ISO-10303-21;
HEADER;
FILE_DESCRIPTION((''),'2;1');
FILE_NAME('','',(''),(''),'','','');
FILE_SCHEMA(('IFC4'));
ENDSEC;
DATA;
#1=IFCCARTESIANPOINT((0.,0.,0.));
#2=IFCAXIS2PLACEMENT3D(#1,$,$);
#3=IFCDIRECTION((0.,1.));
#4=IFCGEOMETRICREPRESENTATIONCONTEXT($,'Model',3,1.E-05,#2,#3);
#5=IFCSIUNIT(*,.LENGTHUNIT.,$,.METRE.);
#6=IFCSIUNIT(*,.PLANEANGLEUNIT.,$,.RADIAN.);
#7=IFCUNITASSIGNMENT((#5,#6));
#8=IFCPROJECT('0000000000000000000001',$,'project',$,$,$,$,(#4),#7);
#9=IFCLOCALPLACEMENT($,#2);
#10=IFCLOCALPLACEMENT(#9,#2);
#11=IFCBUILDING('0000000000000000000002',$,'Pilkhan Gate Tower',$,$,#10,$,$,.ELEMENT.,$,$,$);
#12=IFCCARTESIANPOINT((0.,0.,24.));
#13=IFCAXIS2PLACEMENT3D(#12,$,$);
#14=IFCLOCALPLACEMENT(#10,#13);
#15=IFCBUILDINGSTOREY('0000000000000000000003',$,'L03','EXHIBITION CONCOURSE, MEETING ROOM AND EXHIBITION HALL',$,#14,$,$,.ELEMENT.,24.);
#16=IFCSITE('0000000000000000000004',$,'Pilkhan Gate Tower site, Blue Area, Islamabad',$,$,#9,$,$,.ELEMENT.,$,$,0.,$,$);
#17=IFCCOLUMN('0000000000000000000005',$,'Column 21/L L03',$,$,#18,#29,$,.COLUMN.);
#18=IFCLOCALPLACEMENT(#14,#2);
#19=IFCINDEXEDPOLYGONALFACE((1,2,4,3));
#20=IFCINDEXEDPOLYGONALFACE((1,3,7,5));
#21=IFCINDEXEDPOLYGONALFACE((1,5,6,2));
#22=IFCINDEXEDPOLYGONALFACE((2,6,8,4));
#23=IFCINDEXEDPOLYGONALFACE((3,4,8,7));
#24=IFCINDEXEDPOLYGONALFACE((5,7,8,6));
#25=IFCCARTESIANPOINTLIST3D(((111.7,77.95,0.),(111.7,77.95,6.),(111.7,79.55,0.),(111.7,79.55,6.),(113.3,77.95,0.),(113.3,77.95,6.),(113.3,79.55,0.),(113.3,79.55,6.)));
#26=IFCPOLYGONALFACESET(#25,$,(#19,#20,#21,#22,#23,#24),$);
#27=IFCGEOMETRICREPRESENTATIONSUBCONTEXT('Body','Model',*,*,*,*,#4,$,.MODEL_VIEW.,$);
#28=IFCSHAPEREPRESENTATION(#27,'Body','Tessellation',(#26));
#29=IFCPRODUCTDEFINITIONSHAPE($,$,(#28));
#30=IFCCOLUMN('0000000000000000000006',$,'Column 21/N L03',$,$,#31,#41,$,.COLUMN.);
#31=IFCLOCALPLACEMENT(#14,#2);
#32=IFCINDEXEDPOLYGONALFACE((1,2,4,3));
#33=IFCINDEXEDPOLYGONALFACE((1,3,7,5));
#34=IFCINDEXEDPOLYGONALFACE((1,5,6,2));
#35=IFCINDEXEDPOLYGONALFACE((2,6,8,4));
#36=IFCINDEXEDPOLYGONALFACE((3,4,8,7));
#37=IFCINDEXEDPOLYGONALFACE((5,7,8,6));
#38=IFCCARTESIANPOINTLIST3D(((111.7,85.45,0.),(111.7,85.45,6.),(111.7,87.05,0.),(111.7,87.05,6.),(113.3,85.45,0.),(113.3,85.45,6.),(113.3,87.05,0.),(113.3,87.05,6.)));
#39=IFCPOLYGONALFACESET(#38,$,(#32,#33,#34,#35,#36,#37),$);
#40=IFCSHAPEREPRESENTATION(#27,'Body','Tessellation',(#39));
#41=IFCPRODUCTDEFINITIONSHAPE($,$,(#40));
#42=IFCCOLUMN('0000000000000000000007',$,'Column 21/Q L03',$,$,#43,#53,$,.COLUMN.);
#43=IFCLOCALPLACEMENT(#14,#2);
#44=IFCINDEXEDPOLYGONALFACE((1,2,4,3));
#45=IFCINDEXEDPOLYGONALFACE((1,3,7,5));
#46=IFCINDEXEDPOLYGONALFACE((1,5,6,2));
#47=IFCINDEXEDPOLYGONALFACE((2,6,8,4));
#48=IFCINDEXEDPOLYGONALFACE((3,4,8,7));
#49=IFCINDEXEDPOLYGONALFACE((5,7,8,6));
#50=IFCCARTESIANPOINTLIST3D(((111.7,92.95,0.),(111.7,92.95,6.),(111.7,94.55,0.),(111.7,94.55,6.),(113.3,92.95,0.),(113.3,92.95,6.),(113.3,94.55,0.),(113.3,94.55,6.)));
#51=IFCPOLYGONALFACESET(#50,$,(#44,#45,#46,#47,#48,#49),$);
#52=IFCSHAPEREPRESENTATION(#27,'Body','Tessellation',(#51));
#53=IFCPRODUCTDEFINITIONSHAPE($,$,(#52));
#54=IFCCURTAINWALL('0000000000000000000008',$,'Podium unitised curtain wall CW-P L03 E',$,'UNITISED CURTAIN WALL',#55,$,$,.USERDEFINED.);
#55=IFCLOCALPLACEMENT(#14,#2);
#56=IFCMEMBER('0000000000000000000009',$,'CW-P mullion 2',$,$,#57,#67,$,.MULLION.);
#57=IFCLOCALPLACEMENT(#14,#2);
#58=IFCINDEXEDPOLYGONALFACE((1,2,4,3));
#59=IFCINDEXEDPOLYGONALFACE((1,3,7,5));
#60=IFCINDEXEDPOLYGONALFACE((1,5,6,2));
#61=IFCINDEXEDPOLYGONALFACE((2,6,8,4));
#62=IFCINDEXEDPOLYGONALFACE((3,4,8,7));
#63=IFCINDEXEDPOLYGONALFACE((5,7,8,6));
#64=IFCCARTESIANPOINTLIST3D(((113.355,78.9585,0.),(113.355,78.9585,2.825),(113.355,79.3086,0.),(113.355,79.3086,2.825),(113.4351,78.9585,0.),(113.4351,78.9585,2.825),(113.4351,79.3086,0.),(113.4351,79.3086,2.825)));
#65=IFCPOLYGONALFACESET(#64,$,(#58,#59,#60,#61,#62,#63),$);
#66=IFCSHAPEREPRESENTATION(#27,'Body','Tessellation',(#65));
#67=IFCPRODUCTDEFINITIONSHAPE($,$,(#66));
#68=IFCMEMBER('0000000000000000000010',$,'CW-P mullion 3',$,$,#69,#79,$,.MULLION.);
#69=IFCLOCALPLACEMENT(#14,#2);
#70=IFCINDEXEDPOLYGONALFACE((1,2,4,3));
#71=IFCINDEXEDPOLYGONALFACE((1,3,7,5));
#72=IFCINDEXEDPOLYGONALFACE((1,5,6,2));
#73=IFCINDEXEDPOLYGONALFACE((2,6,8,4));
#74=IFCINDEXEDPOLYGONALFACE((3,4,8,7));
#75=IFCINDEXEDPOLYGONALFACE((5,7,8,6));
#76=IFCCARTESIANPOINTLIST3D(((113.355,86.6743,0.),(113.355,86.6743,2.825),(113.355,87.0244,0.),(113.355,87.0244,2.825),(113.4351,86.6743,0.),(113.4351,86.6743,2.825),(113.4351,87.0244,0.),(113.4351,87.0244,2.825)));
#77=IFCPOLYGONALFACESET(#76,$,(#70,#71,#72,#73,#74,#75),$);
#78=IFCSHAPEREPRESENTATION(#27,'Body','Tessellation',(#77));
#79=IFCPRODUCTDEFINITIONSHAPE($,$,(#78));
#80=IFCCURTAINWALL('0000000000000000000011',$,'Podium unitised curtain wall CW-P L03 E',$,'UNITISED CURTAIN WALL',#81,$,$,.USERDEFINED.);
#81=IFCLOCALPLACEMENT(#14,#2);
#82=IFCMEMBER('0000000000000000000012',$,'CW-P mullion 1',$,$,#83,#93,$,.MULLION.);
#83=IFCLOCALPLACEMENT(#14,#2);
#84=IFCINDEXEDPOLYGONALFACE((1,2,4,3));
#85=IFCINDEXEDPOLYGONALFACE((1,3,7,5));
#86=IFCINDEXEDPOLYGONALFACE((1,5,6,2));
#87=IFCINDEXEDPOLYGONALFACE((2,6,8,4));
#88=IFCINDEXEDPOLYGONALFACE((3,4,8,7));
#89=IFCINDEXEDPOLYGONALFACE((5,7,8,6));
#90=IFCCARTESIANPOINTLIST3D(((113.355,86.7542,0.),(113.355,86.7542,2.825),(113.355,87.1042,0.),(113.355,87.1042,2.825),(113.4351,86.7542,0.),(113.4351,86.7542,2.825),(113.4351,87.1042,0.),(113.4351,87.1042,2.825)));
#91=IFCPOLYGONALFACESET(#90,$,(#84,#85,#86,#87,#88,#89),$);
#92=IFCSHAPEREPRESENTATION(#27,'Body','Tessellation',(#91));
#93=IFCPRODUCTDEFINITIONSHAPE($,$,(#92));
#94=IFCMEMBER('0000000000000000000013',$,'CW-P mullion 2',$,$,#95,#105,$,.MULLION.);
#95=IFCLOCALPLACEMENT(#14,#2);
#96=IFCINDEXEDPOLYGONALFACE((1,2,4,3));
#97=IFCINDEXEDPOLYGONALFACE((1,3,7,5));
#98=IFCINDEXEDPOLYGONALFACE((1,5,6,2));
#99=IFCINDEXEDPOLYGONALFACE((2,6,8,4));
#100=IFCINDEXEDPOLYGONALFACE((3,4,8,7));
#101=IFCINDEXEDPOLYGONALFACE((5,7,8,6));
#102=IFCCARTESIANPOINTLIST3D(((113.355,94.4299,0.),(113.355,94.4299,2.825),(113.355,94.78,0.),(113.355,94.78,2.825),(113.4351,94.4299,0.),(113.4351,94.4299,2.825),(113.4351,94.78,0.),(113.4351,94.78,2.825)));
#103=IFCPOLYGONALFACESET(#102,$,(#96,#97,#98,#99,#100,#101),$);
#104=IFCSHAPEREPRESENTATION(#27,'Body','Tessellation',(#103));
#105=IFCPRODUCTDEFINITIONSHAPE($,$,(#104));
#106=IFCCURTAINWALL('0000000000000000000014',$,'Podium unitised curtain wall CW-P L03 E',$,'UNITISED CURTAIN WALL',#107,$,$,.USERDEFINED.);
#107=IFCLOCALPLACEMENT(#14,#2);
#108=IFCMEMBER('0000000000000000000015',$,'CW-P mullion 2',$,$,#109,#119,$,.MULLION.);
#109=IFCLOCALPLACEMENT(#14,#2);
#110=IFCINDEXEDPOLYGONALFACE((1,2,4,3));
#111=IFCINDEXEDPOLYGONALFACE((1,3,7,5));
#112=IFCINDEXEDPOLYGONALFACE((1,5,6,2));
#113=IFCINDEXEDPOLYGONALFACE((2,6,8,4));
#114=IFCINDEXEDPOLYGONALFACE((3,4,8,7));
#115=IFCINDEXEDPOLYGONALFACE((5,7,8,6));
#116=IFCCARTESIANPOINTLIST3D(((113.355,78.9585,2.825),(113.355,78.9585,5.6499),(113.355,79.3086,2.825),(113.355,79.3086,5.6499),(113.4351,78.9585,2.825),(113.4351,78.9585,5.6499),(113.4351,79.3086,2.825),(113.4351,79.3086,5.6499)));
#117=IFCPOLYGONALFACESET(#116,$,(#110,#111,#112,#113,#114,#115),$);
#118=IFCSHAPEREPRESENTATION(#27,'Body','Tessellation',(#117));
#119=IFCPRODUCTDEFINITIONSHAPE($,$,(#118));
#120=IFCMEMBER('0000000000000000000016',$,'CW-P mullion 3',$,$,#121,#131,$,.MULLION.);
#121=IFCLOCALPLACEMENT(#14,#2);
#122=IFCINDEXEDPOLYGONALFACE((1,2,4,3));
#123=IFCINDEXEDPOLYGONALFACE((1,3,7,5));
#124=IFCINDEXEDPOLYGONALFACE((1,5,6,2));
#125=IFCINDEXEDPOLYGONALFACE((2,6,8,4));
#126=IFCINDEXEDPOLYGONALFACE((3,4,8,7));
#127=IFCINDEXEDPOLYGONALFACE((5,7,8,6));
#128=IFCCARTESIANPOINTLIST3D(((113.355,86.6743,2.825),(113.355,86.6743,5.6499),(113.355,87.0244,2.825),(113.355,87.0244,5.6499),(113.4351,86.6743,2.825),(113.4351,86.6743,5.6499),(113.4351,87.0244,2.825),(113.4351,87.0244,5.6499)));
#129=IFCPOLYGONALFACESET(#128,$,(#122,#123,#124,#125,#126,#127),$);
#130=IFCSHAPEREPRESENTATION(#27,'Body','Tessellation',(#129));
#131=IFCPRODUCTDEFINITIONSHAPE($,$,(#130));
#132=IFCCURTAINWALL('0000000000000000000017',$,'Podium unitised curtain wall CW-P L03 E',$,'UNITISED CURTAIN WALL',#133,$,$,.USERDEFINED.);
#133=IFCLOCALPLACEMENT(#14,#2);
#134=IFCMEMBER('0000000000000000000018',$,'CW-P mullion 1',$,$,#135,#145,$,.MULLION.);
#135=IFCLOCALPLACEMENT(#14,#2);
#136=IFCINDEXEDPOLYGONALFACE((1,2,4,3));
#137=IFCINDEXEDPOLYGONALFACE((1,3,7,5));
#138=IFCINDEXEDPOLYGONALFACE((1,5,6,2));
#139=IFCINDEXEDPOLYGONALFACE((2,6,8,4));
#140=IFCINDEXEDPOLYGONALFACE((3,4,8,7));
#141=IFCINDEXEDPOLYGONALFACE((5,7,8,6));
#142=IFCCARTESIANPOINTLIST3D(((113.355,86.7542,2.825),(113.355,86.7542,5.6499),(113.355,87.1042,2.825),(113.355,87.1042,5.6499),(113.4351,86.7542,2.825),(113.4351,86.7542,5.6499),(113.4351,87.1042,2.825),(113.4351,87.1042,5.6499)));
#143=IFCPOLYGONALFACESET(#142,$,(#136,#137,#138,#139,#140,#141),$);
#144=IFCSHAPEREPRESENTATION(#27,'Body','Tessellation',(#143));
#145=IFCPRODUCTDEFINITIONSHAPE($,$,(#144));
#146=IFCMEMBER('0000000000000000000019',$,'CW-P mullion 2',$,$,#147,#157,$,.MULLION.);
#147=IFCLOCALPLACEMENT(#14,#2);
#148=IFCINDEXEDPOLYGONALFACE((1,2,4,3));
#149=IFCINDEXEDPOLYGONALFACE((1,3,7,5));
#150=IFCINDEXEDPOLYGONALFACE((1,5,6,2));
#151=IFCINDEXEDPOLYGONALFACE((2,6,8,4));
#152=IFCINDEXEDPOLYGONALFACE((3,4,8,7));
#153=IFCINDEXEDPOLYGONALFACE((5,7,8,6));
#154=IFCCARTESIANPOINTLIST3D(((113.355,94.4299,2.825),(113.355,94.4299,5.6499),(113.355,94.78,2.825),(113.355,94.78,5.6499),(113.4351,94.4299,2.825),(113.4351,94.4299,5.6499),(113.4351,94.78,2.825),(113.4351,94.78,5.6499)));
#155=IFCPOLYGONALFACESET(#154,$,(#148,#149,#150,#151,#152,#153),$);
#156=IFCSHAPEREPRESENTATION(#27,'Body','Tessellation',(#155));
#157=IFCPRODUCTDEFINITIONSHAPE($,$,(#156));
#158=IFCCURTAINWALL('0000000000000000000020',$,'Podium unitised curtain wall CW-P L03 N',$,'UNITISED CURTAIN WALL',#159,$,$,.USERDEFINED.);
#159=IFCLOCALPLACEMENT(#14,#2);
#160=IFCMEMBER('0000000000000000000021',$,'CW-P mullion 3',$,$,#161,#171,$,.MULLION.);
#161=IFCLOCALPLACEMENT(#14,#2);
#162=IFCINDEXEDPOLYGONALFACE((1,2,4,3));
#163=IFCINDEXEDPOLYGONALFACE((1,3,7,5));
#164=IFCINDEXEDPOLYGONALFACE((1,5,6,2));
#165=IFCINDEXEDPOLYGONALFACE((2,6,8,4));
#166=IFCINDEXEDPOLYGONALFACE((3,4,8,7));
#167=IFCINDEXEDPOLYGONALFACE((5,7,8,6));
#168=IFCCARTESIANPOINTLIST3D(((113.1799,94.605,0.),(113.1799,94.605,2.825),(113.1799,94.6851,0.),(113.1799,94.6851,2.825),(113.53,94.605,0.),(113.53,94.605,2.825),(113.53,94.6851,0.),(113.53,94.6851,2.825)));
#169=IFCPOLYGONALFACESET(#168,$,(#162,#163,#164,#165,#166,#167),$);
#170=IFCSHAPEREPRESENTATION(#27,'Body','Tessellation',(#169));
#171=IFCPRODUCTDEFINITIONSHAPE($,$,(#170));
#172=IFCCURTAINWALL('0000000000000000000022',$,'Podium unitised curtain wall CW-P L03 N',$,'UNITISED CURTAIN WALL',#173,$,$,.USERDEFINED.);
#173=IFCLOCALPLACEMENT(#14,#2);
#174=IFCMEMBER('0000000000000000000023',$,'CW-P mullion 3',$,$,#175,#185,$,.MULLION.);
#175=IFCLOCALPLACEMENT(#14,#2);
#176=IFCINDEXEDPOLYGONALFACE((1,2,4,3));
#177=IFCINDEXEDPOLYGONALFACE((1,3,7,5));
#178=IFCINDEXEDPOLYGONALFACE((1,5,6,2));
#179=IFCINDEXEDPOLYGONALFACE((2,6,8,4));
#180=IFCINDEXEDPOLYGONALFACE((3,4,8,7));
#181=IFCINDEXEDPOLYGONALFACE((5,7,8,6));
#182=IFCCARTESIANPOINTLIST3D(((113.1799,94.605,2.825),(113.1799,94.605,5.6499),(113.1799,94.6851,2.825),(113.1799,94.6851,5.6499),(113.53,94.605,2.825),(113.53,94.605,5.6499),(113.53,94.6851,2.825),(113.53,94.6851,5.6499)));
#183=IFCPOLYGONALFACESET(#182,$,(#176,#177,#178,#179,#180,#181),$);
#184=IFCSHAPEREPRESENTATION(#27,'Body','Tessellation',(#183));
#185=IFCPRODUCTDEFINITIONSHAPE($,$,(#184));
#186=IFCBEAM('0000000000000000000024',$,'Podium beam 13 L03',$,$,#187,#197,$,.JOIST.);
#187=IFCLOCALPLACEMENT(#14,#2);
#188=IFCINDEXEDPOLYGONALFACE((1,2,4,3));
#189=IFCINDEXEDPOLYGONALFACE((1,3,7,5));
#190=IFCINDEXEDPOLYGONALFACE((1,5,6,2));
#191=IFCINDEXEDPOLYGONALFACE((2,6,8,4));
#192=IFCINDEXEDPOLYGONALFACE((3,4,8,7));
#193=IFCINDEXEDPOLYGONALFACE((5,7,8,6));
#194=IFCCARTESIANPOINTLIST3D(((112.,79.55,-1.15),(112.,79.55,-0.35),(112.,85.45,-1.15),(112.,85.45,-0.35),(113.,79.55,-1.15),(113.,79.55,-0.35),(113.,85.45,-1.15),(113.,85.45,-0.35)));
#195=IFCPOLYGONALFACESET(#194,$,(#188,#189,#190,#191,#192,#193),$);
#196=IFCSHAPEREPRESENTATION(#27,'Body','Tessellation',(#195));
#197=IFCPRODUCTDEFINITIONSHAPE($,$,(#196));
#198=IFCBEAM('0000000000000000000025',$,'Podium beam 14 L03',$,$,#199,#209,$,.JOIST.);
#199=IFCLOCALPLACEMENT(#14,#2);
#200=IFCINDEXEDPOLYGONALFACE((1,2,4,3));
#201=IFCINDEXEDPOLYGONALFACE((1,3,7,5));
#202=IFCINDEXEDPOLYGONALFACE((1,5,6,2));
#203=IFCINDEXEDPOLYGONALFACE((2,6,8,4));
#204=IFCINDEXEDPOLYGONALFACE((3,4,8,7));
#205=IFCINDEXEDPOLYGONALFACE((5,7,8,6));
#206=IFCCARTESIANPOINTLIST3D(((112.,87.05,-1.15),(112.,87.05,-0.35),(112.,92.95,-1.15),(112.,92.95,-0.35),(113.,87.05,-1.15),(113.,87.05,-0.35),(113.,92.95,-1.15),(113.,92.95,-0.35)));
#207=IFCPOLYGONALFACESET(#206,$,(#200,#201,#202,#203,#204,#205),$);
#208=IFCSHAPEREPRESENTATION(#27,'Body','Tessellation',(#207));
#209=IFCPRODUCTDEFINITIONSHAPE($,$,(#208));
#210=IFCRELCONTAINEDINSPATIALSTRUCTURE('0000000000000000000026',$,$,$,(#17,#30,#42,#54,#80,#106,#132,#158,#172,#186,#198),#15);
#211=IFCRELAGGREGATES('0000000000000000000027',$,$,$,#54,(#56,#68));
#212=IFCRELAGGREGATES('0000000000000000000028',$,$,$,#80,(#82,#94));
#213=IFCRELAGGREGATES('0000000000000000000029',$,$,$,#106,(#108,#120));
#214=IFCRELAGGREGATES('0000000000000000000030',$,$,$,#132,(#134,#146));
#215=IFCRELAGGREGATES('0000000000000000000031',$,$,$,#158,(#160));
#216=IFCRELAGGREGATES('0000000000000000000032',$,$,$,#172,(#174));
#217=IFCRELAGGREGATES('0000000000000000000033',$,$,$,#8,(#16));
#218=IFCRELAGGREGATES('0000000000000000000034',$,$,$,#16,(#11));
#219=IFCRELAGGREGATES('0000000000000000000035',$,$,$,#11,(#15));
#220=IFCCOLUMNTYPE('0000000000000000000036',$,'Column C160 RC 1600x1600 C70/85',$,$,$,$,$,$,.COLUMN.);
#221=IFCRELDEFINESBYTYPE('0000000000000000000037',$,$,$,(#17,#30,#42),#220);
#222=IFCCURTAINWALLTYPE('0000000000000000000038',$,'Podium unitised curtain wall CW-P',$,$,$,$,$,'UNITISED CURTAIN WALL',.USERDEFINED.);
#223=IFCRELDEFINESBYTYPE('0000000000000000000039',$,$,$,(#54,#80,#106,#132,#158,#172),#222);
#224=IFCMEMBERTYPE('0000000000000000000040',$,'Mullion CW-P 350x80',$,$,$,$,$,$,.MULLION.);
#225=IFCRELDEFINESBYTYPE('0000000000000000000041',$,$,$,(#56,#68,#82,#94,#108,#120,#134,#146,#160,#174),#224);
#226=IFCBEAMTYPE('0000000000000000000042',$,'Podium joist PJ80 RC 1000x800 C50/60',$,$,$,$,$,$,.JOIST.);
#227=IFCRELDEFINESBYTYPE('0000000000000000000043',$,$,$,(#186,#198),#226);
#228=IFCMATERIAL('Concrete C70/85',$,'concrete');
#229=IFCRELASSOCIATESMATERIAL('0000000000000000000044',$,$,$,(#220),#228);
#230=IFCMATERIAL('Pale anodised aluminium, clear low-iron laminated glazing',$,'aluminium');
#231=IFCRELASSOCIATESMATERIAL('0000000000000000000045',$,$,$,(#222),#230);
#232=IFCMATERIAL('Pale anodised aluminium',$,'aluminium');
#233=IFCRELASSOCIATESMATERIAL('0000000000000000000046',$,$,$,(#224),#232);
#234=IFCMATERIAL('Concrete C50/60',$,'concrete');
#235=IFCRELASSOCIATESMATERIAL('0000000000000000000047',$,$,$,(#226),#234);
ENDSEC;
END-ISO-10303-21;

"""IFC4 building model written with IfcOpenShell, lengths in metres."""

from ifc_helpers import new_model, si_unit, direction, frame, origin, origin_2d, place, context, subcontext, project, spatial, rectangle, extrude, material, material_profile, profile_set, type_object, element, aggregate, save


model = new_model("IFC4")

# Units and contexts
model_context = context("Model", 3, precision=1e-05, world=origin(), true_north=direction((0.0, 1.0)))
body_context = subcontext(model_context, "Body", "Model", "MODEL_VIEW")
ifc_project = project(units=[si_unit("LENGTHUNIT", "METRE"), si_unit("PLANEANGLEUNIT", "RADIAN")], contexts=[model_context])

# Site, building, storey
site_placement = place(None, origin())
site = spatial("IfcSite", under=ifc_project, at=site_placement, Name="Pilkhan Gate Tower site, Blue Area, Islamabad", CompositionType="ELEMENT", RefElevation=0.0)
building_placement = place(site_placement, origin())
building = spatial("IfcBuilding", under=site, at=building_placement, Name="Pilkhan Gate Tower", CompositionType="ELEMENT")
storey_placement = place(building_placement, frame((0.0, 0.0, 24.0)))
storey = spatial("IfcBuildingStorey", under=building, at=storey_placement, Name="L03", Description="EXHIBITION CONCOURSE, MEETING ROOM AND EXHIBITION HALL", CompositionType="ELEMENT", Elevation=24.0)

# Columns
ifc_material_1 = material(Name="Concrete C70/85", Category="concrete")
ifc_material_profile_1 = material_profile(ifc_material_1, rectangle(XDim=1.6001, YDim=1.6001, at=origin_2d()), Name="RC 1600x1600")
ifc_profile_set_1 = profile_set([ifc_material_profile_1], Name="Concrete C70/85")
column_type = type_object("IfcColumnType", Name="Column C160 RC 1600x1600 C70/85", PredefinedType="COLUMN", material=ifc_profile_set_1)
for number, where, z_axis, x_axis, name in (
    (1, (112.5, 78.75, 0.0), (0.0, 0.0, 1.0), (1.0, 0.0, 0.0), "Column 21/L L03"),
    (2, (112.5, 86.25, 0.0), (0.0, 0.0, 1.0), (1.0, 0.0, 0.0), "Column 21/N L03"),
    (3, (112.5, 93.75, 0.0), (0.0, 0.0, 1.0), (1.0, 0.0, 0.0), "Column 21/Q L03"),
):
    element("IfcColumn", number, at=place(storey_placement, frame(where, z_axis=z_axis, x_axis=x_axis)), inside=storey, type_object=column_type, Name=name, PredefinedType="COLUMN", context=body_context, shape_type="SweptSolid", body=[
        extrude(rectangle(XDim=1.6001, YDim=1.6001, at=origin_2d()), origin(), (0.0, 0.0, 1.0), 6.0),
    ])

# Curtain walls, members
ifc_material_2 = material(Name="Pale anodised aluminium, clear low-iron laminated glazing", Category="aluminium")
curtain_wall_type = type_object("IfcCurtainWallType", Name="Podium unitised curtain wall CW-P", ElementType="UNITISED CURTAIN WALL", PredefinedType="USERDEFINED", material=ifc_material_2)
curtain_wall_1_placement = place(storey_placement, origin())
curtain_wall_1 = element("IfcCurtainWall", 4, at=curtain_wall_1_placement, inside=storey, type_object=curtain_wall_type, Name="Podium unitised curtain wall CW-P L03 E", ObjectType="UNITISED CURTAIN WALL", PredefinedType="USERDEFINED")
ifc_material_3 = material(Name="Pale anodised aluminium", Category="aluminium")
ifc_material_profile_2 = material_profile(ifc_material_3, rectangle(XDim=0.0801, YDim=0.3501, at=origin_2d()), Name="Mullion 350x80")
ifc_profile_set_2 = profile_set([ifc_material_profile_2], Name="Pale anodised aluminium")
member_type_1 = type_object("IfcMemberType", Name="Mullion CW-P 350x80", PredefinedType="MULLION", material=ifc_profile_set_2)
member_1_placement = place(storey_placement, frame((113.395, 79.1335, 0.0), z_axis=(0.0, 0.0, 1.0), x_axis=(-1.0, 0.0, 0.0)))
member_1 = element("IfcMember", 5, at=member_1_placement, type_object=member_type_1, Name="CW-P mullion 2", PredefinedType="MULLION", context=body_context, shape_type="SweptSolid", body=[
    extrude(rectangle(XDim=0.0801, YDim=0.3501, at=origin_2d()), origin(), (0.0, 0.0, 1.0), 2.825),
])
member_2_placement = place(storey_placement, frame((113.395, 86.8494, 0.0), z_axis=(0.0, 0.0, 1.0), x_axis=(-1.0, 0.0, 0.0)))
member_2 = element("IfcMember", 6, at=member_2_placement, type_object=member_type_1, Name="CW-P mullion 3", PredefinedType="MULLION", context=body_context, shape_type="SweptSolid", body=[
    extrude(rectangle(XDim=0.0801, YDim=0.3501, at=origin_2d()), origin(), (0.0, 0.0, 1.0), 2.825),
])
curtain_wall_2_placement = place(storey_placement, origin())
curtain_wall_2 = element("IfcCurtainWall", 7, at=curtain_wall_2_placement, inside=storey, type_object=curtain_wall_type, Name="Podium unitised curtain wall CW-P L03 E", ObjectType="UNITISED CURTAIN WALL", PredefinedType="USERDEFINED")
member_3_placement = place(storey_placement, frame((113.395, 86.9292, 0.0), z_axis=(0.0, 0.0, 1.0), x_axis=(-1.0, 0.0, 0.0)))
member_3 = element("IfcMember", 8, at=member_3_placement, type_object=member_type_1, Name="CW-P mullion 1", PredefinedType="MULLION", context=body_context, shape_type="SweptSolid", body=[
    extrude(rectangle(XDim=0.0801, YDim=0.3501, at=origin_2d()), origin(), (0.0, 0.0, 1.0), 2.825),
])
member_4_placement = place(storey_placement, frame((113.395, 94.605, 0.0), z_axis=(0.0, 0.0, 1.0), x_axis=(-1.0, 0.0, 0.0)))
member_4 = element("IfcMember", 9, at=member_4_placement, type_object=member_type_1, Name="CW-P mullion 2", PredefinedType="MULLION", context=body_context, shape_type="SweptSolid", body=[
    extrude(rectangle(XDim=0.0801, YDim=0.3501, at=origin_2d()), origin(), (0.0, 0.0, 1.0), 2.825),
])
curtain_wall_3_placement = place(storey_placement, origin())
curtain_wall_3 = element("IfcCurtainWall", 10, at=curtain_wall_3_placement, inside=storey, type_object=curtain_wall_type, Name="Podium unitised curtain wall CW-P L03 E", ObjectType="UNITISED CURTAIN WALL", PredefinedType="USERDEFINED")
member_5_placement = place(storey_placement, frame((113.395, 79.1335, 2.825), z_axis=(0.0, 0.0, 1.0), x_axis=(-1.0, 0.0, 0.0)))
member_5 = element("IfcMember", 11, at=member_5_placement, type_object=member_type_1, Name="CW-P mullion 2", PredefinedType="MULLION", context=body_context, shape_type="SweptSolid", body=[
    extrude(rectangle(XDim=0.0801, YDim=0.3501, at=origin_2d()), origin(), (0.0, 0.0, 1.0), 2.825),
])
member_6_placement = place(storey_placement, frame((113.395, 86.8494, 2.825), z_axis=(0.0, 0.0, 1.0), x_axis=(-1.0, 0.0, 0.0)))
member_6 = element("IfcMember", 12, at=member_6_placement, type_object=member_type_1, Name="CW-P mullion 3", PredefinedType="MULLION", context=body_context, shape_type="SweptSolid", body=[
    extrude(rectangle(XDim=0.0801, YDim=0.3501, at=origin_2d()), origin(), (0.0, 0.0, 1.0), 2.825),
])
curtain_wall_4_placement = place(storey_placement, origin())
curtain_wall_4 = element("IfcCurtainWall", 13, at=curtain_wall_4_placement, inside=storey, type_object=curtain_wall_type, Name="Podium unitised curtain wall CW-P L03 E", ObjectType="UNITISED CURTAIN WALL", PredefinedType="USERDEFINED")
member_7_placement = place(storey_placement, frame((113.395, 86.9292, 2.825), z_axis=(0.0, 0.0, 1.0), x_axis=(-1.0, 0.0, 0.0)))
member_7 = element("IfcMember", 14, at=member_7_placement, type_object=member_type_1, Name="CW-P mullion 1", PredefinedType="MULLION", context=body_context, shape_type="SweptSolid", body=[
    extrude(rectangle(XDim=0.0801, YDim=0.3501, at=origin_2d()), origin(), (0.0, 0.0, 1.0), 2.825),
])
member_8_placement = place(storey_placement, frame((113.395, 94.605, 2.825), z_axis=(0.0, 0.0, 1.0), x_axis=(-1.0, 0.0, 0.0)))
member_8 = element("IfcMember", 15, at=member_8_placement, type_object=member_type_1, Name="CW-P mullion 2", PredefinedType="MULLION", context=body_context, shape_type="SweptSolid", body=[
    extrude(rectangle(XDim=0.0801, YDim=0.3501, at=origin_2d()), origin(), (0.0, 0.0, 1.0), 2.825),
])

# Curtain walls, members
curtain_wall_5_placement = place(storey_placement, origin())
curtain_wall_5 = element("IfcCurtainWall", 16, at=curtain_wall_5_placement, inside=storey, type_object=curtain_wall_type, Name="Podium unitised curtain wall CW-P L03 N", ObjectType="UNITISED CURTAIN WALL", PredefinedType="USERDEFINED")
member_9_placement = place(storey_placement, frame((113.355, 94.645, 0.0), z_axis=(0.0, 0.0, 1.0), x_axis=(0.0, 1.0, 0.0)))
member_9 = element("IfcMember", 17, at=member_9_placement, type_object=member_type_1, Name="CW-P mullion 3", PredefinedType="MULLION", context=body_context, shape_type="SweptSolid", body=[
    extrude(rectangle(XDim=0.0801, YDim=0.3501, at=origin_2d()), origin(), (0.0, 0.0, 1.0), 2.825),
])
curtain_wall_6_placement = place(storey_placement, origin())
curtain_wall_6 = element("IfcCurtainWall", 18, at=curtain_wall_6_placement, inside=storey, type_object=curtain_wall_type, Name="Podium unitised curtain wall CW-P L03 N", ObjectType="UNITISED CURTAIN WALL", PredefinedType="USERDEFINED")
member_10_placement = place(storey_placement, frame((113.355, 94.645, 2.825), z_axis=(0.0, 0.0, 1.0), x_axis=(0.0, 1.0, 0.0)))
member_10 = element("IfcMember", 19, at=member_10_placement, type_object=member_type_1, Name="CW-P mullion 3", PredefinedType="MULLION", context=body_context, shape_type="SweptSolid", body=[
    extrude(rectangle(XDim=0.0801, YDim=0.3501, at=origin_2d()), origin(), (0.0, 0.0, 1.0), 2.825),
])

# Beams
ifc_material_4 = material(Name="Concrete C50/60", Category="concrete")
ifc_material_profile_3 = material_profile(ifc_material_4, rectangle(XDim=1.0, YDim=0.8, at=origin_2d()), Name="RC 1000x800")
ifc_profile_set_3 = profile_set([ifc_material_profile_3], Name="Concrete C50/60")
beam_type = type_object("IfcBeamType", Name="Podium joist PJ80 RC 1000x800 C50/60", PredefinedType="JOIST", material=ifc_profile_set_3)
for number, where, z_axis, x_axis, name in (
    (20, (112.5, 79.55, -0.75), (0.0, 1.0, 0.0), (-1.0, 0.0, 0.0), "Podium beam 13 L03"),
    (21, (112.5, 87.05, -0.75), (0.0, 1.0, 0.0), (-1.0, 0.0, 0.0), "Podium beam 14 L03"),
):
    element("IfcBeam", number, at=place(storey_placement, frame(where, z_axis=z_axis, x_axis=x_axis)), inside=storey, type_object=beam_type, Name=name, PredefinedType="JOIST", context=body_context, shape_type="SweptSolid", body=[
        extrude(rectangle(XDim=1.0, YDim=0.8, at=origin_2d()), origin(), (0.0, 0.0, 1.0), 5.8999),
    ])

aggregate(curtain_wall_1, [member_1, member_2])
aggregate(curtain_wall_2, [member_3, member_4])
aggregate(curtain_wall_3, [member_5, member_6])
aggregate(curtain_wall_4, [member_7, member_8])
aggregate(curtain_wall_5, [member_9])
aggregate(curtain_wall_6, [member_10])

save(model, "model.ifc")
